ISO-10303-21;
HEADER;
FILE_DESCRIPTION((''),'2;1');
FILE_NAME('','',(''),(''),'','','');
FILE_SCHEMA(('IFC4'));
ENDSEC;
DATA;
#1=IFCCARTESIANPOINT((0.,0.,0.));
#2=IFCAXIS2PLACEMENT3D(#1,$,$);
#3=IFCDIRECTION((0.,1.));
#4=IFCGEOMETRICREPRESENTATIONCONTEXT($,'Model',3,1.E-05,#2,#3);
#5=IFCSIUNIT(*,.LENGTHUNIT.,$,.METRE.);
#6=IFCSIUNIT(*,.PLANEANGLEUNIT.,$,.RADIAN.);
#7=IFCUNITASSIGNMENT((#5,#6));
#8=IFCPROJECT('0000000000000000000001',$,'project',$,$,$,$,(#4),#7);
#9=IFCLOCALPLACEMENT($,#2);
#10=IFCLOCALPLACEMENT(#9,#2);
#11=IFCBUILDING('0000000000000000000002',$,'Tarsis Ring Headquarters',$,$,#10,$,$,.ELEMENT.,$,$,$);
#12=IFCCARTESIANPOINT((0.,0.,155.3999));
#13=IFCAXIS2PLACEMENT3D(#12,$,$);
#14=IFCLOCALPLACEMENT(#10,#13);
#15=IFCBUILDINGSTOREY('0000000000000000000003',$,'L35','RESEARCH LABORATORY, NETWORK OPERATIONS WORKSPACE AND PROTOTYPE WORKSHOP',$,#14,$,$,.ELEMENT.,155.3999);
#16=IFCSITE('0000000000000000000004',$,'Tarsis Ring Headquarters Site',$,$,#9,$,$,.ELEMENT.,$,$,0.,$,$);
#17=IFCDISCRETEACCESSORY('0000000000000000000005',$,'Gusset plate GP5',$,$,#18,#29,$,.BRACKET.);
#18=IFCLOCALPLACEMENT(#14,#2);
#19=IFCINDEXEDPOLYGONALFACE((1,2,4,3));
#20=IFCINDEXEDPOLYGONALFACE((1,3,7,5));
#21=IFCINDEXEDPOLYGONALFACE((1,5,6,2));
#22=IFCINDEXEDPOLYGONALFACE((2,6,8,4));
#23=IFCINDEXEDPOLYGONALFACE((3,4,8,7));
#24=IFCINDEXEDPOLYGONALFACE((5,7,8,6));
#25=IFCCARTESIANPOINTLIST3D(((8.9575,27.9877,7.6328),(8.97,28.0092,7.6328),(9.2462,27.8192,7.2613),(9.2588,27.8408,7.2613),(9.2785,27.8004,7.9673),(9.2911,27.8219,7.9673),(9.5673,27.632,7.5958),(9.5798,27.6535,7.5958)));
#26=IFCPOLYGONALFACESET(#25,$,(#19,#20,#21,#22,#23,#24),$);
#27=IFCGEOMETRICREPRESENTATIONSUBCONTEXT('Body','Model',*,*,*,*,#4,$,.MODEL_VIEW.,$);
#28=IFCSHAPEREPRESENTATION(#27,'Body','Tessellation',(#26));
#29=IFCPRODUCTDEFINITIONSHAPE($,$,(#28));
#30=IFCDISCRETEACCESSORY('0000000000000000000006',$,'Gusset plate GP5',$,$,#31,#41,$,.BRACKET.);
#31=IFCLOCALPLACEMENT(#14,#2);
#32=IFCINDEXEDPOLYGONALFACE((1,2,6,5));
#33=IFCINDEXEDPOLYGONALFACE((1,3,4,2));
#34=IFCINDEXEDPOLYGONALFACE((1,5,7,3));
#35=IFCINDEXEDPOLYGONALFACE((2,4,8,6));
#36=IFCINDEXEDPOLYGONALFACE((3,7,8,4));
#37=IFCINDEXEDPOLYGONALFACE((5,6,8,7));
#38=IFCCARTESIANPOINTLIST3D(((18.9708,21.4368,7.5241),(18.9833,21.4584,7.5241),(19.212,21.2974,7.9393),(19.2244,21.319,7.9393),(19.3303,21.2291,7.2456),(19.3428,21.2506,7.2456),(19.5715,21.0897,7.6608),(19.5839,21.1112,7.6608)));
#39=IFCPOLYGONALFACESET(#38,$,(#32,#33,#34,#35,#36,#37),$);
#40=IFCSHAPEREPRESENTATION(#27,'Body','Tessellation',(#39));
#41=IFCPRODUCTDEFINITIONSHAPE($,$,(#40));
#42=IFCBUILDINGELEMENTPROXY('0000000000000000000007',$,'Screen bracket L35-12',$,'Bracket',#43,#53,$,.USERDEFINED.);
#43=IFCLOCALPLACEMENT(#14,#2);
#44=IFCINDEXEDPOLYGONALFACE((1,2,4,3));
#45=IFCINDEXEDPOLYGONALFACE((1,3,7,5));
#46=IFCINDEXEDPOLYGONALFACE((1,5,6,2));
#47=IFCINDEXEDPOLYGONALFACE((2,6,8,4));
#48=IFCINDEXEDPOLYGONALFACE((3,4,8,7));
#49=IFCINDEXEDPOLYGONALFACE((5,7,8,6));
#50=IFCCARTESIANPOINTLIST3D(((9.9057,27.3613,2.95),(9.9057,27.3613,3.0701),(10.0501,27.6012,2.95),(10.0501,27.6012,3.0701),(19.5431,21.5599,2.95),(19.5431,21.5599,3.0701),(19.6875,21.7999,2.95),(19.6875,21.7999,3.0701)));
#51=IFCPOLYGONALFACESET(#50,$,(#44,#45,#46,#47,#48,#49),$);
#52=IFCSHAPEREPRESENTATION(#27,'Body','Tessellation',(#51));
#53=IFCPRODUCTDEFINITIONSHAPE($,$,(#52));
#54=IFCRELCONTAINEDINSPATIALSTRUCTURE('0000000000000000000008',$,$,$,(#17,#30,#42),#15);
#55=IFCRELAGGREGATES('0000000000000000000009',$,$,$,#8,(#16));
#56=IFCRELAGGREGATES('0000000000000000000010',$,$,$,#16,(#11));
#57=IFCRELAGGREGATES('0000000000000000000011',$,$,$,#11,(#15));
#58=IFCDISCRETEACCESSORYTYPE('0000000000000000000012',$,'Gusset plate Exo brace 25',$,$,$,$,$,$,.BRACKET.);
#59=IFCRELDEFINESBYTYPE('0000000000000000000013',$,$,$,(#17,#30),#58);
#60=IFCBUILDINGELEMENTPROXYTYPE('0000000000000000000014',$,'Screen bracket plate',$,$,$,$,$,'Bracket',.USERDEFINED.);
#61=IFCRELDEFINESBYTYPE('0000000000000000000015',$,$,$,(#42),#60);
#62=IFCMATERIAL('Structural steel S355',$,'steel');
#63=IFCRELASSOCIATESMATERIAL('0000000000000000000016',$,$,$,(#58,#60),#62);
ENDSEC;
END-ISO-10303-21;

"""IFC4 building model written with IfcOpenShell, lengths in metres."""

from ifc_helpers import new_model, si_unit, direction, frame, origin, origin_2d, place, context, subcontext, project, spatial, rectangle, extrude, material, material_profile, profile_set, type_object, element, save


model = new_model("IFC4")

# Units and contexts
model_context = context("Model", 3, precision=1e-05, world=origin(), true_north=direction((0.0, 1.0)))
body_context = subcontext(model_context, "Body", "Model", "MODEL_VIEW")
ifc_project = project(units=[si_unit("LENGTHUNIT", "METRE"), si_unit("PLANEANGLEUNIT", "RADIAN")], contexts=[model_context])

# Site, building, storey
site_placement = place(None, origin())
site = spatial("IfcSite", under=ifc_project, at=site_placement, Name="Tarsis Ring Headquarters Site", CompositionType="ELEMENT", RefElevation=0.0)
building_placement = place(site_placement, origin())
building = spatial("IfcBuilding", under=site, at=building_placement, Name="Tarsis Ring Headquarters", CompositionType="ELEMENT")
storey_placement = place(building_placement, frame((0.0, 0.0, 155.3999)))
storey = spatial("IfcBuildingStorey", under=building, at=storey_placement, Name="L35", Description="RESEARCH LABORATORY, NETWORK OPERATIONS WORKSPACE AND PROTOTYPE WORKSHOP", CompositionType="ELEMENT", Elevation=155.3999)

# Shared definitions
ifc_material_1 = material(Name="Structural steel S355", Category="steel")

# Discrete accessories
ifc_material_profile_1 = material_profile(ifc_material_1, rectangle(XDim=0.0249, YDim=0.5, at=origin_2d()), Name="PL 25x500")
ifc_profile_set_1 = profile_set([ifc_material_profile_1], Name="Structural steel S355")
discrete_accessory_type = type_object("IfcDiscreteAccessoryType", Name="Gusset plate Exo brace 25", PredefinedType="BRACKET", material=ifc_profile_set_1)
discrete_accessory_1_placement = place(storey_placement, frame((9.1243, 27.9048, 7.8), z_axis=(0.57779, -0.337004, -0.743362), x_axis=(0.503826, 0.863805, 0.0)))
element("IfcDiscreteAccessory", 1, at=discrete_accessory_1_placement, inside=storey, type_object=discrete_accessory_type, Name="Gusset plate GP5", PredefinedType="BRACKET", context=body_context, shape_type="SweptSolid", body=[
    extrude(rectangle(XDim=0.0249, YDim=0.5, at=origin_2d()), origin(), (0.0, 0.0, 1.0), 0.4998),
])
discrete_accessory_2_placement = place(storey_placement, frame((19.3979, 21.2043, 7.8), z_axis=(-0.482348, 0.278766, -0.83044), x_axis=(-0.50038, -0.865806, 0.0)))
element("IfcDiscreteAccessory", 2, at=discrete_accessory_2_placement, inside=storey, type_object=discrete_accessory_type, Name="Gusset plate GP5", PredefinedType="BRACKET", context=body_context, shape_type="SweptSolid", body=[
    extrude(rectangle(XDim=0.0249, YDim=0.5, at=origin_2d()), origin(), (0.0, 0.0, 1.0), 0.5),
])

# Building element proxy
building_element_proxy_type = type_object("IfcBuildingElementProxyType", Name="Screen bracket plate", ElementType="Bracket", PredefinedType="USERDEFINED", material=ifc_material_1)
proxy_placement = place(storey_placement, frame((14.7966, 24.5806, 2.95), z_axis=(0.0, 0.0, 1.0), x_axis=(-0.856751, 0.51573, 0.0)))
element("IfcBuildingElementProxy", 3, at=proxy_placement, inside=storey, type_object=building_element_proxy_type, Name="Screen bracket L35-12", ObjectType="Bracket", PredefinedType="USERDEFINED", context=body_context, shape_type="SweptSolid", body=[
    extrude(rectangle(XDim=11.2488, YDim=0.28, at=origin_2d()), origin(), (0.0, 0.0, 1.0), 0.1201),
])

save(model, "model.ifc")
